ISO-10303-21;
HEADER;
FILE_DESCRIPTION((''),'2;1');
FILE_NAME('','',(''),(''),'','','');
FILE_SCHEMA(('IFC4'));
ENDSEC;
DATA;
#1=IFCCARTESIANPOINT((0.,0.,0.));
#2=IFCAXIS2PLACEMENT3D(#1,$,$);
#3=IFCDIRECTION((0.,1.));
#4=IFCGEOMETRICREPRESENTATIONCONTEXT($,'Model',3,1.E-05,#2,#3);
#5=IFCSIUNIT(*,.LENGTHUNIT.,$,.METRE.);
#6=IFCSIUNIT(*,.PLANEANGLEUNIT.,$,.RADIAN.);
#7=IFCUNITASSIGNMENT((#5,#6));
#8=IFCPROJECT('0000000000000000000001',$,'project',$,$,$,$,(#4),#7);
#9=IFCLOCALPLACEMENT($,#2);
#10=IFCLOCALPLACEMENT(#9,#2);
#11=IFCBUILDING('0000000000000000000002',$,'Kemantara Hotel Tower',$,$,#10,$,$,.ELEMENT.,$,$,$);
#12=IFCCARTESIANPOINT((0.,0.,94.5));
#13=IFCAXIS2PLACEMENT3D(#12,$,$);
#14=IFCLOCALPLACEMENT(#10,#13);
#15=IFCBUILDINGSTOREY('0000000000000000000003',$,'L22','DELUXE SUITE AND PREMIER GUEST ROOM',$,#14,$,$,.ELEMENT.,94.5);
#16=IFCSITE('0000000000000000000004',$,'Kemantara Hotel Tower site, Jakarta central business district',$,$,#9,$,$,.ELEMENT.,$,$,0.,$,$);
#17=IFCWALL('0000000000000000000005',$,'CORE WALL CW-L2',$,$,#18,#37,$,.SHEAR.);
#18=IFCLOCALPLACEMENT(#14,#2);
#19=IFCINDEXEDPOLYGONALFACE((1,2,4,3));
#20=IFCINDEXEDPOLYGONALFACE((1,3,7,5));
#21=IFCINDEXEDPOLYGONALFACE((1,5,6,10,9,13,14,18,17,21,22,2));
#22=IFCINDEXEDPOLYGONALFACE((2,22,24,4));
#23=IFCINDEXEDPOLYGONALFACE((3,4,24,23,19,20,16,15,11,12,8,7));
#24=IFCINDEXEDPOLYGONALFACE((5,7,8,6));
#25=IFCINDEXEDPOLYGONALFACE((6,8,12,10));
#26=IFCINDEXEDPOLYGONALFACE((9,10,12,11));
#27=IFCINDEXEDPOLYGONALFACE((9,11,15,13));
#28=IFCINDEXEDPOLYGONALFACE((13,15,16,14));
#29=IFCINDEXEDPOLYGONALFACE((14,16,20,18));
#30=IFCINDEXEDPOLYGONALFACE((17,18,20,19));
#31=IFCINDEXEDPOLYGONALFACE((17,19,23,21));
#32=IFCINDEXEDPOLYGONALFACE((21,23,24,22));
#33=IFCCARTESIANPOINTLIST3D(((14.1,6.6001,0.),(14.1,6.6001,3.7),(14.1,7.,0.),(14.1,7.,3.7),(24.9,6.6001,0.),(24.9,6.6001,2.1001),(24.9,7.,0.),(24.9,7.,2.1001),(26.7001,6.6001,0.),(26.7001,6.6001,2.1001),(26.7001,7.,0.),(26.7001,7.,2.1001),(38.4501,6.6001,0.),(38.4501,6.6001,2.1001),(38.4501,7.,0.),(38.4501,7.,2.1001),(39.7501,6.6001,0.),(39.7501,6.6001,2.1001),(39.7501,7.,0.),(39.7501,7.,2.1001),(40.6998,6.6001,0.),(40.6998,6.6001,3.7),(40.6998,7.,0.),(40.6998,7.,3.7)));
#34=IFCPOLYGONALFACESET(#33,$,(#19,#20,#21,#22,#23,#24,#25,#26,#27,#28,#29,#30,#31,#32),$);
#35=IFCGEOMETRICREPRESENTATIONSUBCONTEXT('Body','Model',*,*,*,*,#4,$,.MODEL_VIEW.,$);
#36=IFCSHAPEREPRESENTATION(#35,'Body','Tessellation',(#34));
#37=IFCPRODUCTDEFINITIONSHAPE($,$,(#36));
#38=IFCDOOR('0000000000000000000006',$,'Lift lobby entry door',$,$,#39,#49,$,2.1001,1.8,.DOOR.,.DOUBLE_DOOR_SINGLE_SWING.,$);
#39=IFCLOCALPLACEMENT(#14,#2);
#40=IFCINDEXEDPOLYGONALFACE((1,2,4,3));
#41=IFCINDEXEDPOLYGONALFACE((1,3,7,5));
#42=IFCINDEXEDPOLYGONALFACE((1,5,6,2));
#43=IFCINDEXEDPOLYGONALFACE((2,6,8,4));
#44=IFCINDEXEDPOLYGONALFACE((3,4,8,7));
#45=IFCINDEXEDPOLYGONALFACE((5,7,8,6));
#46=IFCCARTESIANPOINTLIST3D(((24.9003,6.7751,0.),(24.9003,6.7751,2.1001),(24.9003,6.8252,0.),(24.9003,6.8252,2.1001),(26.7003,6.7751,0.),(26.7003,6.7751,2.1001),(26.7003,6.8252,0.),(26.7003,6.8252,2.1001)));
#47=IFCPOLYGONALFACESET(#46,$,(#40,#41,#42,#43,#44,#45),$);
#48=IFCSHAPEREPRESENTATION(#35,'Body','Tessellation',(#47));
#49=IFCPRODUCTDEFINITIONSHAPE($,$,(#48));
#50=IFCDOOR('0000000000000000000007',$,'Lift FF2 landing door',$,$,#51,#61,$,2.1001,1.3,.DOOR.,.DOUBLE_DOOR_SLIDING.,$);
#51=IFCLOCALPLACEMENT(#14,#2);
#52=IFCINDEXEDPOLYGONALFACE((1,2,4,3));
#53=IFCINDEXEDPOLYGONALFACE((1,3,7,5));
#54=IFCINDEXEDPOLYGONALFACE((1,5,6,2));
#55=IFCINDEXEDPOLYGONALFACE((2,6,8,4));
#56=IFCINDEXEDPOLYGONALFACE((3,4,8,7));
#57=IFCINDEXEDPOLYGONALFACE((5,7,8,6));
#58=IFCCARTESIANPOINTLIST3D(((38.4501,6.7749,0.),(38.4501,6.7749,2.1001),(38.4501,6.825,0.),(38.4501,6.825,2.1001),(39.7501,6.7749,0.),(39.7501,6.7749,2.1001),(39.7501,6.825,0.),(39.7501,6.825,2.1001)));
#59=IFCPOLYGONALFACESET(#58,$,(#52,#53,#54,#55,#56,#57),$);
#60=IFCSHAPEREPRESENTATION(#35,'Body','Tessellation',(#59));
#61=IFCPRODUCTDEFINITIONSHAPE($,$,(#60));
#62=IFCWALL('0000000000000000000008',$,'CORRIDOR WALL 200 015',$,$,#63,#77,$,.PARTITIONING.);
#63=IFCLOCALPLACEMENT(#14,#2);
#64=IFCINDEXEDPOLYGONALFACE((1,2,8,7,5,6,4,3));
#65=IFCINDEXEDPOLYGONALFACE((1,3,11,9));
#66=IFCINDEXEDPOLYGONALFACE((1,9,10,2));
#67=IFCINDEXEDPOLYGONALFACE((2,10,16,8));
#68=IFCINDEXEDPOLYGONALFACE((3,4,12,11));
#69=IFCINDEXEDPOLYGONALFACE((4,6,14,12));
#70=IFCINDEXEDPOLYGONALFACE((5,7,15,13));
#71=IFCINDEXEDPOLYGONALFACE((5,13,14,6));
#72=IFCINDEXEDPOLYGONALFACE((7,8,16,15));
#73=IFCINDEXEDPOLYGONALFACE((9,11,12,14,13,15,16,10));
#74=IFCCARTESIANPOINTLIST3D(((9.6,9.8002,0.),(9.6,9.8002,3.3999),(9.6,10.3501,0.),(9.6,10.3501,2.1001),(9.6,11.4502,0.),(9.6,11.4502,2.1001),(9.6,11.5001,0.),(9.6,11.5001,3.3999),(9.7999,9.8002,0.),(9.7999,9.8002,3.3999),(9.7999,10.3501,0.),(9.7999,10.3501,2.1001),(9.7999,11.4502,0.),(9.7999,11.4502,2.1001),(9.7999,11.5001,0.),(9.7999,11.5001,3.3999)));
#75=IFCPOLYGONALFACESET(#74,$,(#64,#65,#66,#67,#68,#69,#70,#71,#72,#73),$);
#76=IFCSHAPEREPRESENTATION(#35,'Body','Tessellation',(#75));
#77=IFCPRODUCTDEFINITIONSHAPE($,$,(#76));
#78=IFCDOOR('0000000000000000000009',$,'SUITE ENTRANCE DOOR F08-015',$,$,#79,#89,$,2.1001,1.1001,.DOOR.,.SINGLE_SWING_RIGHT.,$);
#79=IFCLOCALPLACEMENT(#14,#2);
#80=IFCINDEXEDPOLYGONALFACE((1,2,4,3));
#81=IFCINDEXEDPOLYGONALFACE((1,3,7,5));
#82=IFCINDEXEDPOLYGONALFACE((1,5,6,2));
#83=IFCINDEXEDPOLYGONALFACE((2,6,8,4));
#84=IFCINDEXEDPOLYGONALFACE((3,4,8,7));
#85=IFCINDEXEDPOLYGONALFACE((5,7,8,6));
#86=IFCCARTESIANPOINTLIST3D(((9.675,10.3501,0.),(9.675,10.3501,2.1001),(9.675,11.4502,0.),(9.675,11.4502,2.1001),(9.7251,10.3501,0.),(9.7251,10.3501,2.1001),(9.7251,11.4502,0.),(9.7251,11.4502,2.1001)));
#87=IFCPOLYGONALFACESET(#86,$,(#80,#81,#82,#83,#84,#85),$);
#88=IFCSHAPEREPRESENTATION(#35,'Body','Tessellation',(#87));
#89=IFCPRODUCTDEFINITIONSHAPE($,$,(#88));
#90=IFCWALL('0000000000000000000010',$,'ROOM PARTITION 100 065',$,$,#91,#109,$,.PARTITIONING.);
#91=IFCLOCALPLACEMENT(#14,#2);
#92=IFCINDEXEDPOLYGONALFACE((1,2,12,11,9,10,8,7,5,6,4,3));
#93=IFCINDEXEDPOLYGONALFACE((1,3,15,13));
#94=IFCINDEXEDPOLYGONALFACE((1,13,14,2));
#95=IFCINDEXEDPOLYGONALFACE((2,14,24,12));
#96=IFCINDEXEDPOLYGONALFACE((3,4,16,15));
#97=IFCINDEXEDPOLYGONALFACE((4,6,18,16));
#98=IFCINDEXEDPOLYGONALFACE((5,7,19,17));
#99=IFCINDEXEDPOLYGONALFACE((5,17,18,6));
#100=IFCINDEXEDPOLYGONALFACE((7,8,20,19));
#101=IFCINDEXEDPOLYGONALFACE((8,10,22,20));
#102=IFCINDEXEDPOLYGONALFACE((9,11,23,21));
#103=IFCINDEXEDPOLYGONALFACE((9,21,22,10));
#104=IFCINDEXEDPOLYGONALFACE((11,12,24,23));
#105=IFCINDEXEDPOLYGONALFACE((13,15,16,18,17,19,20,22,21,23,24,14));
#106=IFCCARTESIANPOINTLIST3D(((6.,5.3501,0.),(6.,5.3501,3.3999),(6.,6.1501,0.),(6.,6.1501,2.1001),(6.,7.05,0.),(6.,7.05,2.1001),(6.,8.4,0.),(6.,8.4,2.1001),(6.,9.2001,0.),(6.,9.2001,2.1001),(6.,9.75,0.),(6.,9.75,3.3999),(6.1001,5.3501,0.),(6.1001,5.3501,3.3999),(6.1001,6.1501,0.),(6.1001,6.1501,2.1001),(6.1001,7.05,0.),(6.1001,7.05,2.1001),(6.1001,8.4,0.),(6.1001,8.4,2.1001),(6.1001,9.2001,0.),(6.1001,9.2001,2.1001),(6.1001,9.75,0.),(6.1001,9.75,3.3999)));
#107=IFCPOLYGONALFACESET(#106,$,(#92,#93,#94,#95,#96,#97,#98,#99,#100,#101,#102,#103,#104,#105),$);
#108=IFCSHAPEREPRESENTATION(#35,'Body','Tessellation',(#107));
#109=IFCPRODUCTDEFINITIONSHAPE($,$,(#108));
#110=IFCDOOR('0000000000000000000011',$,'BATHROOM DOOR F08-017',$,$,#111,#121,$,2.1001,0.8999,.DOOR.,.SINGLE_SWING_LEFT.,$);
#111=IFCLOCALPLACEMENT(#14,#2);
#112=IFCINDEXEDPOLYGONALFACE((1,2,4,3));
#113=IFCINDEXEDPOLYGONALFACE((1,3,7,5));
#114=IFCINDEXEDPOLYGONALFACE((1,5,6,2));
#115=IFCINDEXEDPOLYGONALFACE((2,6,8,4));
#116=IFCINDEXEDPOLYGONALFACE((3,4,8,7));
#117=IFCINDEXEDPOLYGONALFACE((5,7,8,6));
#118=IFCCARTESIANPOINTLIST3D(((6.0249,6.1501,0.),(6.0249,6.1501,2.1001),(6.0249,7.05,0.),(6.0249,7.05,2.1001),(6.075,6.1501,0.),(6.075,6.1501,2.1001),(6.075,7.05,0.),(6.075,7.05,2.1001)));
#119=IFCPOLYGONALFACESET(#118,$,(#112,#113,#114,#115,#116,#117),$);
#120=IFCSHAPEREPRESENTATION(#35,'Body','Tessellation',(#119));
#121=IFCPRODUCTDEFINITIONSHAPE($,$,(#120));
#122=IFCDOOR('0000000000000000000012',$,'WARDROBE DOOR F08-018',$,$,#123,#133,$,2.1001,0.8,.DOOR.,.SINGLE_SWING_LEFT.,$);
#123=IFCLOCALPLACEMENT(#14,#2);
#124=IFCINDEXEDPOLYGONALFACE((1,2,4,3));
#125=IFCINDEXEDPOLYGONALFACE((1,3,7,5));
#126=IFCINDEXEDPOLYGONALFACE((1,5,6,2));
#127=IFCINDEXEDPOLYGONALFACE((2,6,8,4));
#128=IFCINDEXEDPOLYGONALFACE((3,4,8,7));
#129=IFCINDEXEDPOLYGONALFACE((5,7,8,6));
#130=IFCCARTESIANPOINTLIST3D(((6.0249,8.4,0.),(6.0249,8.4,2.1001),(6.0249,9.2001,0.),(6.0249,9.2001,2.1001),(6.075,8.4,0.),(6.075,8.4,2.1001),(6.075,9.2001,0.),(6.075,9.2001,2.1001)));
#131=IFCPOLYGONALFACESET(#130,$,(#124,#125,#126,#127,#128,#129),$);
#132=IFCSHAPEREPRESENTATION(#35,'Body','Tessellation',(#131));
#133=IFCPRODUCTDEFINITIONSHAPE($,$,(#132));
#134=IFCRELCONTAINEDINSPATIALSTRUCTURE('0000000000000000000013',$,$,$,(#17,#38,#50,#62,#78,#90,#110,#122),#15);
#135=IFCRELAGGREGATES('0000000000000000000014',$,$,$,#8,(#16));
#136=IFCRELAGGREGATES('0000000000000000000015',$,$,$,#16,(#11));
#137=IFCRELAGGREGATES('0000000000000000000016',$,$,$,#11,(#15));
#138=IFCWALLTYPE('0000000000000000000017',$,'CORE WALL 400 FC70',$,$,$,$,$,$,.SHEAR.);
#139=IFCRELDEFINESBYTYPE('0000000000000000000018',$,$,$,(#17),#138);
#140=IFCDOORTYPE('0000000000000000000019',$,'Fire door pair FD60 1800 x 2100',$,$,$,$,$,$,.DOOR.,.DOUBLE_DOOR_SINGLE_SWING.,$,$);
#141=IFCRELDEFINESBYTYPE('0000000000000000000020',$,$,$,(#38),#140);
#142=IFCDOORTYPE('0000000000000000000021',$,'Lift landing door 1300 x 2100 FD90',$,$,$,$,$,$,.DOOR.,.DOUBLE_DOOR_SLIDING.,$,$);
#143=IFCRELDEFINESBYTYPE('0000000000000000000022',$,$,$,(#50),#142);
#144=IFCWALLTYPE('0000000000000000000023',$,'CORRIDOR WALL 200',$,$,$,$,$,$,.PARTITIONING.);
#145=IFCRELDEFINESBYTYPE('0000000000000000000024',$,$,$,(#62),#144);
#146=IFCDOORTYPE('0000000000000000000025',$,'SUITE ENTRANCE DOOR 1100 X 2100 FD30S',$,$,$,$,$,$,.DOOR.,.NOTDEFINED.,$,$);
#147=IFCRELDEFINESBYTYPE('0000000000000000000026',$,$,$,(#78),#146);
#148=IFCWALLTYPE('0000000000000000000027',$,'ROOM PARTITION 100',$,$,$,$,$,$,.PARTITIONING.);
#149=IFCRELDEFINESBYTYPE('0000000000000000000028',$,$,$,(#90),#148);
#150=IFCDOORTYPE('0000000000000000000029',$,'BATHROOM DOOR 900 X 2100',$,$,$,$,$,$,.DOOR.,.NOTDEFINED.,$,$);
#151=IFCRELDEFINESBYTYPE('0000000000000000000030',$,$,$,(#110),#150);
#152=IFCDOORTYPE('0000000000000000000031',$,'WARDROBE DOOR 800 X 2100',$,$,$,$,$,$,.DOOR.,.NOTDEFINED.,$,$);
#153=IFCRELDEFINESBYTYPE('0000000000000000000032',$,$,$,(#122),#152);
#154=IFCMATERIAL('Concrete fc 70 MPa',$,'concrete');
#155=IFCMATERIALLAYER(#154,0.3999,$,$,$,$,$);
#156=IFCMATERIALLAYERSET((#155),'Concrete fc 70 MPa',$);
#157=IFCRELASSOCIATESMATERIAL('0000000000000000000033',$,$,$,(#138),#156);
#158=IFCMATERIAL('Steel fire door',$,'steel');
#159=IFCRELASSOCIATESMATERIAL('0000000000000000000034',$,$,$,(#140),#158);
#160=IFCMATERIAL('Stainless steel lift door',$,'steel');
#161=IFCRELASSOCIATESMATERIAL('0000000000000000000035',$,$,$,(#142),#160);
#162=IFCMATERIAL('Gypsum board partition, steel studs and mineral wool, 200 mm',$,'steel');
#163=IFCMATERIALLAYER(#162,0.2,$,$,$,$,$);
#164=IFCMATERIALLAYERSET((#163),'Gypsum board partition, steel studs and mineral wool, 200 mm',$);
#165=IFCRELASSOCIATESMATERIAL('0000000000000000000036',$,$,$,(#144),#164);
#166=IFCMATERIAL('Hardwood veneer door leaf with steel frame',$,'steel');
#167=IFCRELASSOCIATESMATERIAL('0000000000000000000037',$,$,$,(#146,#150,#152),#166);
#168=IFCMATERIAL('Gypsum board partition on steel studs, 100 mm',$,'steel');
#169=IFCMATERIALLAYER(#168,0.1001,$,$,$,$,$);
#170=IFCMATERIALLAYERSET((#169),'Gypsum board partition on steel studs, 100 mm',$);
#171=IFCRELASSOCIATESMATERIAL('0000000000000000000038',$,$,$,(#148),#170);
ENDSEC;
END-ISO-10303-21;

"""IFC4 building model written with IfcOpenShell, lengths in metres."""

from ifc_helpers import new_model, si_unit, direction, frame, frame_2d, origin, place, context, subcontext, project, spatial, rectangle, extrude, material, layer, layer_set, type_object, element, fill, save


model = new_model("IFC4")

# Units and contexts
model_context = context("Model", 3, precision=1e-05, world=origin(), true_north=direction((0.0, 1.0)))
body_context = subcontext(model_context, "Body", "Model", "MODEL_VIEW")
ifc_project = project(units=[si_unit("LENGTHUNIT", "METRE"), si_unit("PLANEANGLEUNIT", "RADIAN")], contexts=[model_context])

# Site, building, storey
site_placement = place(None, origin())
site = spatial("IfcSite", under=ifc_project, at=site_placement, Name="Kemantara Hotel Tower site, Jakarta central business district", CompositionType="ELEMENT", RefElevation=0.0)
building_placement = place(site_placement, origin())
building = spatial("IfcBuilding", under=site, at=building_placement, Name="Kemantara Hotel Tower", CompositionType="ELEMENT")
storey_placement = place(building_placement, frame((0.0, 0.0, 94.5)))
storey = spatial("IfcBuildingStorey", under=building, at=storey_placement, Name="L22", Description="DELUXE SUITE AND PREMIER GUEST ROOM", CompositionType="ELEMENT", Elevation=94.5)

# Shared definitions
ifc_material_1 = material(Name="Concrete fc 70 MPa", Category="concrete")

# Shared definitions
ifc_layer_1 = layer(ifc_material_1, 0.3999)
ifc_layer_set_1 = layer_set([ifc_layer_1], Name="Concrete fc 70 MPa")
wall_type_1 = type_object("IfcWallType", Name="CORE WALL 400 FC70", PredefinedType="SHEAR", material=ifc_layer_set_1)
ifc_material_2 = material(Name="Steel fire door", Category="steel")

# Wall, openings, doors
wall_1_placement = place(storey_placement, frame((14.1001, 6.8, 0.0), z_axis=(0.0, 0.0, 1.0), x_axis=(1.0, 0.0, 0.0)))
wall_1 = element("IfcWall", 1, at=wall_1_placement, inside=storey, type_object=wall_type_1, Name="CORE WALL CW-L2", PredefinedType="SHEAR", context=body_context, shape_type="SweptSolid", body=[
    extrude(rectangle(XDim=26.5999, YDim=0.3999, at=frame_2d((13.2998, 0.0))), origin(), (0.0, 0.0, 1.0), 3.7),
])
opening_1_placement = place(wall_1_placement, frame((10.8, 0.0, 0.0)))
opening_1 = element("IfcOpeningElement", 2, at=opening_1_placement, cuts=wall_1, PredefinedType="OPENING", context=body_context, shape_type="SweptSolid", body=[
    extrude(rectangle(XDim=1.8, YDim=2.1001, at=frame_2d((0.8999, 1.05))), frame((0.0, 0.21, 0.0), z_axis=(0.0, -1.0, 0.0), x_axis=(1.0, 0.0, 0.0)), (0.0, 0.0, 1.0), 0.4199),
])
opening_2_placement = place(wall_1_placement, frame((24.3501, 0.0, 0.0)))
opening_2 = element("IfcOpeningElement", 3, at=opening_2_placement, cuts=wall_1, PredefinedType="OPENING", context=body_context, shape_type="SweptSolid", body=[
    extrude(rectangle(XDim=1.3, YDim=2.1001, at=frame_2d((0.6499, 1.05))), frame((0.0, 0.21, 0.0), z_axis=(0.0, -1.0, 0.0), x_axis=(1.0, 0.0, 0.0)), (0.0, 0.0, 1.0), 0.4199),
])
door_type_1 = type_object("IfcDoorType", Name="Fire door pair FD60 1800 x 2100", OperationType="DOUBLE_DOOR_SINGLE_SWING", PredefinedType="DOOR", material=ifc_material_2)
door_1_placement = place(opening_1_placement, frame((1.8, 0.0, 0.0), z_axis=(0.0, 0.0, 1.0), x_axis=(-1.0, 0.0, 0.0)))
door_1 = element("IfcDoor", 4, at=door_1_placement, inside=storey, type_object=door_type_1, Name="Lift lobby entry door", OperationType="DOUBLE_DOOR_SINGLE_SWING", OverallHeight=2.1001, OverallWidth=1.8, PredefinedType="DOOR", context=body_context, shape_type="SweptSolid", body=[
    extrude(rectangle(XDim=1.8, YDim=2.1001, at=frame_2d((0.8999, 1.05))), frame((0.0, 0.0249, 0.0), z_axis=(0.0, -1.0, 0.0), x_axis=(1.0, 0.0, 0.0)), (0.0, 0.0, 1.0), 0.05),
])
fill(opening_1, door_1)
ifc_material_3 = material(Name="Stainless steel lift door", Category="steel")
door_type_2 = type_object("IfcDoorType", Name="Lift landing door 1300 x 2100 FD90", OperationType="DOUBLE_DOOR_SLIDING", PredefinedType="DOOR", material=ifc_material_3)
door_2_placement = place(opening_2_placement, origin())
door_2 = element("IfcDoor", 5, at=door_2_placement, inside=storey, type_object=door_type_2, Name="Lift FF2 landing door", OperationType="DOUBLE_DOOR_SLIDING", OverallHeight=2.1001, OverallWidth=1.3, PredefinedType="DOOR", context=body_context, shape_type="SweptSolid", body=[
    extrude(rectangle(XDim=1.3, YDim=2.1001, at=frame_2d((0.6499, 1.05))), frame((0.0, 0.0249, 0.0), z_axis=(0.0, -1.0, 0.0), x_axis=(1.0, 0.0, 0.0)), (0.0, 0.0, 1.0), 0.05),
])
fill(opening_2, door_2)

# Wall, opening, door
ifc_material_4 = material(Name="Gypsum board partition, steel studs and mineral wool, 200 mm", Category="steel")
ifc_layer_2 = layer(ifc_material_4, 0.2)
ifc_layer_set_2 = layer_set([ifc_layer_2], Name="Gypsum board partition, steel studs and mineral wool, 200 mm")
wall_type_2 = type_object("IfcWallType", Name="CORRIDOR WALL 200", PredefinedType="PARTITIONING", material=ifc_layer_set_2)
wall_2_placement = place(storey_placement, frame((9.7, 9.8, 0.0), z_axis=(0.0, 0.0, 1.0), x_axis=(0.0, 1.0, 0.0)))
wall_2 = element("IfcWall", 6, at=wall_2_placement, inside=storey, type_object=wall_type_2, Name="CORRIDOR WALL 200 015", PredefinedType="PARTITIONING", context=body_context, shape_type="SweptSolid", body=[
    extrude(rectangle(XDim=1.7, YDim=0.2, at=frame_2d((0.8501, 0.0))), origin(), (0.0, 0.0, 1.0), 3.3999),
])
opening_3_placement = place(wall_2_placement, frame((0.55, 0.0, 0.0)))
opening_3 = element("IfcOpeningElement", 7, at=opening_3_placement, cuts=wall_2, PredefinedType="OPENING", context=body_context, shape_type="SweptSolid", body=[
    extrude(rectangle(XDim=1.1001, YDim=2.1001, at=frame_2d((0.55, 1.05))), frame((0.0, 0.1099, 0.0), z_axis=(0.0, -1.0, 0.0), x_axis=(1.0, 0.0, 0.0)), (0.0, 0.0, 1.0), 0.22),
])
ifc_material_5 = material(Name="Hardwood veneer door leaf with steel frame", Category="steel")
door_type_3 = type_object("IfcDoorType", Name="SUITE ENTRANCE DOOR 1100 X 2100 FD30S", OperationType="NOTDEFINED", PredefinedType="DOOR", material=ifc_material_5)
door_3_placement = place(opening_3_placement, origin())
door_3 = element("IfcDoor", 8, at=door_3_placement, inside=storey, type_object=door_type_3, Name="SUITE ENTRANCE DOOR F08-015", OperationType="SINGLE_SWING_RIGHT", OverallHeight=2.1001, OverallWidth=1.1001, PredefinedType="DOOR", context=body_context, shape_type="SweptSolid", body=[
    extrude(rectangle(XDim=1.1001, YDim=2.1001, at=frame_2d((0.55, 1.05))), frame((0.0, 0.0249, 0.0), z_axis=(0.0, -1.0, 0.0), x_axis=(1.0, 0.0, 0.0)), (0.0, 0.0, 1.0), 0.05),
])
fill(opening_3, door_3)

# Wall, openings, doors
ifc_material_6 = material(Name="Gypsum board partition on steel studs, 100 mm", Category="steel")
ifc_layer_3 = layer(ifc_material_6, 0.1001)
ifc_layer_set_3 = layer_set([ifc_layer_3], Name="Gypsum board partition on steel studs, 100 mm")
wall_type_3 = type_object("IfcWallType", Name="ROOM PARTITION 100", PredefinedType="PARTITIONING", material=ifc_layer_set_3)
wall_3_placement = place(storey_placement, frame((6.05, 9.75, 0.0), z_axis=(0.0, 0.0, 1.0), x_axis=(0.0, -1.0, 0.0)))
wall_3 = element("IfcWall", 9, at=wall_3_placement, inside=storey, type_object=wall_type_3, Name="ROOM PARTITION 100 065", PredefinedType="PARTITIONING", context=body_context, shape_type="SweptSolid", body=[
    extrude(rectangle(XDim=4.3999, YDim=0.1001, at=frame_2d((2.2, 0.0))), origin(), (0.0, 0.0, 1.0), 3.3999),
])
opening_4_placement = place(wall_3_placement, frame((2.7, 0.0, 0.0)))
opening_4 = element("IfcOpeningElement", 10, at=opening_4_placement, cuts=wall_3, PredefinedType="OPENING", context=body_context, shape_type="SweptSolid", body=[
    extrude(rectangle(XDim=0.8999, YDim=2.1001, at=frame_2d((0.45, 1.05))), frame((0.0, 0.0601, 0.0), z_axis=(0.0, -1.0, 0.0), x_axis=(1.0, 0.0, 0.0)), (0.0, 0.0, 1.0), 0.1201),
])
opening_5_placement = place(wall_3_placement, frame((0.55, 0.0, 0.0)))
opening_5 = element("IfcOpeningElement", 11, at=opening_5_placement, cuts=wall_3, PredefinedType="OPENING", context=body_context, shape_type="SweptSolid", body=[
    extrude(rectangle(XDim=0.8, YDim=2.1001, at=frame_2d((0.3999, 1.05))), frame((0.0, 0.0601, 0.0), z_axis=(0.0, -1.0, 0.0), x_axis=(1.0, 0.0, 0.0)), (0.0, 0.0, 1.0), 0.1201),
])
door_type_4 = type_object("IfcDoorType", Name="BATHROOM DOOR 900 X 2100", OperationType="NOTDEFINED", PredefinedType="DOOR", material=ifc_material_5)
door_4_placement = place(opening_4_placement, origin())
door_4 = element("IfcDoor", 12, at=door_4_placement, inside=storey, type_object=door_type_4, Name="BATHROOM DOOR F08-017", OperationType="SINGLE_SWING_LEFT", OverallHeight=2.1001, OverallWidth=0.8999, PredefinedType="DOOR", context=body_context, shape_type="SweptSolid", body=[
    extrude(rectangle(XDim=0.8999, YDim=2.1001, at=frame_2d((0.45, 1.05))), frame((0.0, 0.0249, 0.0), z_axis=(0.0, -1.0, 0.0), x_axis=(1.0, 0.0, 0.0)), (0.0, 0.0, 1.0), 0.05),
])
fill(opening_4, door_4)
door_type_5 = type_object("IfcDoorType", Name="WARDROBE DOOR 800 X 2100", OperationType="NOTDEFINED", PredefinedType="DOOR", material=ifc_material_5)
door_5_placement = place(opening_5_placement, origin())
door_5 = element("IfcDoor", 13, at=door_5_placement, inside=storey, type_object=door_type_5, Name="WARDROBE DOOR F08-018", OperationType="SINGLE_SWING_LEFT", OverallHeight=2.1001, OverallWidth=0.8, PredefinedType="DOOR", context=body_context, shape_type="SweptSolid", body=[
    extrude(rectangle(XDim=0.8, YDim=2.1001, at=frame_2d((0.3999, 1.05))), frame((0.0, 0.0249, 0.0), z_axis=(0.0, -1.0, 0.0), x_axis=(1.0, 0.0, 0.0)), (0.0, 0.0, 1.0), 0.05),
])
fill(opening_5, door_5)

save(model, "model.ifc")
